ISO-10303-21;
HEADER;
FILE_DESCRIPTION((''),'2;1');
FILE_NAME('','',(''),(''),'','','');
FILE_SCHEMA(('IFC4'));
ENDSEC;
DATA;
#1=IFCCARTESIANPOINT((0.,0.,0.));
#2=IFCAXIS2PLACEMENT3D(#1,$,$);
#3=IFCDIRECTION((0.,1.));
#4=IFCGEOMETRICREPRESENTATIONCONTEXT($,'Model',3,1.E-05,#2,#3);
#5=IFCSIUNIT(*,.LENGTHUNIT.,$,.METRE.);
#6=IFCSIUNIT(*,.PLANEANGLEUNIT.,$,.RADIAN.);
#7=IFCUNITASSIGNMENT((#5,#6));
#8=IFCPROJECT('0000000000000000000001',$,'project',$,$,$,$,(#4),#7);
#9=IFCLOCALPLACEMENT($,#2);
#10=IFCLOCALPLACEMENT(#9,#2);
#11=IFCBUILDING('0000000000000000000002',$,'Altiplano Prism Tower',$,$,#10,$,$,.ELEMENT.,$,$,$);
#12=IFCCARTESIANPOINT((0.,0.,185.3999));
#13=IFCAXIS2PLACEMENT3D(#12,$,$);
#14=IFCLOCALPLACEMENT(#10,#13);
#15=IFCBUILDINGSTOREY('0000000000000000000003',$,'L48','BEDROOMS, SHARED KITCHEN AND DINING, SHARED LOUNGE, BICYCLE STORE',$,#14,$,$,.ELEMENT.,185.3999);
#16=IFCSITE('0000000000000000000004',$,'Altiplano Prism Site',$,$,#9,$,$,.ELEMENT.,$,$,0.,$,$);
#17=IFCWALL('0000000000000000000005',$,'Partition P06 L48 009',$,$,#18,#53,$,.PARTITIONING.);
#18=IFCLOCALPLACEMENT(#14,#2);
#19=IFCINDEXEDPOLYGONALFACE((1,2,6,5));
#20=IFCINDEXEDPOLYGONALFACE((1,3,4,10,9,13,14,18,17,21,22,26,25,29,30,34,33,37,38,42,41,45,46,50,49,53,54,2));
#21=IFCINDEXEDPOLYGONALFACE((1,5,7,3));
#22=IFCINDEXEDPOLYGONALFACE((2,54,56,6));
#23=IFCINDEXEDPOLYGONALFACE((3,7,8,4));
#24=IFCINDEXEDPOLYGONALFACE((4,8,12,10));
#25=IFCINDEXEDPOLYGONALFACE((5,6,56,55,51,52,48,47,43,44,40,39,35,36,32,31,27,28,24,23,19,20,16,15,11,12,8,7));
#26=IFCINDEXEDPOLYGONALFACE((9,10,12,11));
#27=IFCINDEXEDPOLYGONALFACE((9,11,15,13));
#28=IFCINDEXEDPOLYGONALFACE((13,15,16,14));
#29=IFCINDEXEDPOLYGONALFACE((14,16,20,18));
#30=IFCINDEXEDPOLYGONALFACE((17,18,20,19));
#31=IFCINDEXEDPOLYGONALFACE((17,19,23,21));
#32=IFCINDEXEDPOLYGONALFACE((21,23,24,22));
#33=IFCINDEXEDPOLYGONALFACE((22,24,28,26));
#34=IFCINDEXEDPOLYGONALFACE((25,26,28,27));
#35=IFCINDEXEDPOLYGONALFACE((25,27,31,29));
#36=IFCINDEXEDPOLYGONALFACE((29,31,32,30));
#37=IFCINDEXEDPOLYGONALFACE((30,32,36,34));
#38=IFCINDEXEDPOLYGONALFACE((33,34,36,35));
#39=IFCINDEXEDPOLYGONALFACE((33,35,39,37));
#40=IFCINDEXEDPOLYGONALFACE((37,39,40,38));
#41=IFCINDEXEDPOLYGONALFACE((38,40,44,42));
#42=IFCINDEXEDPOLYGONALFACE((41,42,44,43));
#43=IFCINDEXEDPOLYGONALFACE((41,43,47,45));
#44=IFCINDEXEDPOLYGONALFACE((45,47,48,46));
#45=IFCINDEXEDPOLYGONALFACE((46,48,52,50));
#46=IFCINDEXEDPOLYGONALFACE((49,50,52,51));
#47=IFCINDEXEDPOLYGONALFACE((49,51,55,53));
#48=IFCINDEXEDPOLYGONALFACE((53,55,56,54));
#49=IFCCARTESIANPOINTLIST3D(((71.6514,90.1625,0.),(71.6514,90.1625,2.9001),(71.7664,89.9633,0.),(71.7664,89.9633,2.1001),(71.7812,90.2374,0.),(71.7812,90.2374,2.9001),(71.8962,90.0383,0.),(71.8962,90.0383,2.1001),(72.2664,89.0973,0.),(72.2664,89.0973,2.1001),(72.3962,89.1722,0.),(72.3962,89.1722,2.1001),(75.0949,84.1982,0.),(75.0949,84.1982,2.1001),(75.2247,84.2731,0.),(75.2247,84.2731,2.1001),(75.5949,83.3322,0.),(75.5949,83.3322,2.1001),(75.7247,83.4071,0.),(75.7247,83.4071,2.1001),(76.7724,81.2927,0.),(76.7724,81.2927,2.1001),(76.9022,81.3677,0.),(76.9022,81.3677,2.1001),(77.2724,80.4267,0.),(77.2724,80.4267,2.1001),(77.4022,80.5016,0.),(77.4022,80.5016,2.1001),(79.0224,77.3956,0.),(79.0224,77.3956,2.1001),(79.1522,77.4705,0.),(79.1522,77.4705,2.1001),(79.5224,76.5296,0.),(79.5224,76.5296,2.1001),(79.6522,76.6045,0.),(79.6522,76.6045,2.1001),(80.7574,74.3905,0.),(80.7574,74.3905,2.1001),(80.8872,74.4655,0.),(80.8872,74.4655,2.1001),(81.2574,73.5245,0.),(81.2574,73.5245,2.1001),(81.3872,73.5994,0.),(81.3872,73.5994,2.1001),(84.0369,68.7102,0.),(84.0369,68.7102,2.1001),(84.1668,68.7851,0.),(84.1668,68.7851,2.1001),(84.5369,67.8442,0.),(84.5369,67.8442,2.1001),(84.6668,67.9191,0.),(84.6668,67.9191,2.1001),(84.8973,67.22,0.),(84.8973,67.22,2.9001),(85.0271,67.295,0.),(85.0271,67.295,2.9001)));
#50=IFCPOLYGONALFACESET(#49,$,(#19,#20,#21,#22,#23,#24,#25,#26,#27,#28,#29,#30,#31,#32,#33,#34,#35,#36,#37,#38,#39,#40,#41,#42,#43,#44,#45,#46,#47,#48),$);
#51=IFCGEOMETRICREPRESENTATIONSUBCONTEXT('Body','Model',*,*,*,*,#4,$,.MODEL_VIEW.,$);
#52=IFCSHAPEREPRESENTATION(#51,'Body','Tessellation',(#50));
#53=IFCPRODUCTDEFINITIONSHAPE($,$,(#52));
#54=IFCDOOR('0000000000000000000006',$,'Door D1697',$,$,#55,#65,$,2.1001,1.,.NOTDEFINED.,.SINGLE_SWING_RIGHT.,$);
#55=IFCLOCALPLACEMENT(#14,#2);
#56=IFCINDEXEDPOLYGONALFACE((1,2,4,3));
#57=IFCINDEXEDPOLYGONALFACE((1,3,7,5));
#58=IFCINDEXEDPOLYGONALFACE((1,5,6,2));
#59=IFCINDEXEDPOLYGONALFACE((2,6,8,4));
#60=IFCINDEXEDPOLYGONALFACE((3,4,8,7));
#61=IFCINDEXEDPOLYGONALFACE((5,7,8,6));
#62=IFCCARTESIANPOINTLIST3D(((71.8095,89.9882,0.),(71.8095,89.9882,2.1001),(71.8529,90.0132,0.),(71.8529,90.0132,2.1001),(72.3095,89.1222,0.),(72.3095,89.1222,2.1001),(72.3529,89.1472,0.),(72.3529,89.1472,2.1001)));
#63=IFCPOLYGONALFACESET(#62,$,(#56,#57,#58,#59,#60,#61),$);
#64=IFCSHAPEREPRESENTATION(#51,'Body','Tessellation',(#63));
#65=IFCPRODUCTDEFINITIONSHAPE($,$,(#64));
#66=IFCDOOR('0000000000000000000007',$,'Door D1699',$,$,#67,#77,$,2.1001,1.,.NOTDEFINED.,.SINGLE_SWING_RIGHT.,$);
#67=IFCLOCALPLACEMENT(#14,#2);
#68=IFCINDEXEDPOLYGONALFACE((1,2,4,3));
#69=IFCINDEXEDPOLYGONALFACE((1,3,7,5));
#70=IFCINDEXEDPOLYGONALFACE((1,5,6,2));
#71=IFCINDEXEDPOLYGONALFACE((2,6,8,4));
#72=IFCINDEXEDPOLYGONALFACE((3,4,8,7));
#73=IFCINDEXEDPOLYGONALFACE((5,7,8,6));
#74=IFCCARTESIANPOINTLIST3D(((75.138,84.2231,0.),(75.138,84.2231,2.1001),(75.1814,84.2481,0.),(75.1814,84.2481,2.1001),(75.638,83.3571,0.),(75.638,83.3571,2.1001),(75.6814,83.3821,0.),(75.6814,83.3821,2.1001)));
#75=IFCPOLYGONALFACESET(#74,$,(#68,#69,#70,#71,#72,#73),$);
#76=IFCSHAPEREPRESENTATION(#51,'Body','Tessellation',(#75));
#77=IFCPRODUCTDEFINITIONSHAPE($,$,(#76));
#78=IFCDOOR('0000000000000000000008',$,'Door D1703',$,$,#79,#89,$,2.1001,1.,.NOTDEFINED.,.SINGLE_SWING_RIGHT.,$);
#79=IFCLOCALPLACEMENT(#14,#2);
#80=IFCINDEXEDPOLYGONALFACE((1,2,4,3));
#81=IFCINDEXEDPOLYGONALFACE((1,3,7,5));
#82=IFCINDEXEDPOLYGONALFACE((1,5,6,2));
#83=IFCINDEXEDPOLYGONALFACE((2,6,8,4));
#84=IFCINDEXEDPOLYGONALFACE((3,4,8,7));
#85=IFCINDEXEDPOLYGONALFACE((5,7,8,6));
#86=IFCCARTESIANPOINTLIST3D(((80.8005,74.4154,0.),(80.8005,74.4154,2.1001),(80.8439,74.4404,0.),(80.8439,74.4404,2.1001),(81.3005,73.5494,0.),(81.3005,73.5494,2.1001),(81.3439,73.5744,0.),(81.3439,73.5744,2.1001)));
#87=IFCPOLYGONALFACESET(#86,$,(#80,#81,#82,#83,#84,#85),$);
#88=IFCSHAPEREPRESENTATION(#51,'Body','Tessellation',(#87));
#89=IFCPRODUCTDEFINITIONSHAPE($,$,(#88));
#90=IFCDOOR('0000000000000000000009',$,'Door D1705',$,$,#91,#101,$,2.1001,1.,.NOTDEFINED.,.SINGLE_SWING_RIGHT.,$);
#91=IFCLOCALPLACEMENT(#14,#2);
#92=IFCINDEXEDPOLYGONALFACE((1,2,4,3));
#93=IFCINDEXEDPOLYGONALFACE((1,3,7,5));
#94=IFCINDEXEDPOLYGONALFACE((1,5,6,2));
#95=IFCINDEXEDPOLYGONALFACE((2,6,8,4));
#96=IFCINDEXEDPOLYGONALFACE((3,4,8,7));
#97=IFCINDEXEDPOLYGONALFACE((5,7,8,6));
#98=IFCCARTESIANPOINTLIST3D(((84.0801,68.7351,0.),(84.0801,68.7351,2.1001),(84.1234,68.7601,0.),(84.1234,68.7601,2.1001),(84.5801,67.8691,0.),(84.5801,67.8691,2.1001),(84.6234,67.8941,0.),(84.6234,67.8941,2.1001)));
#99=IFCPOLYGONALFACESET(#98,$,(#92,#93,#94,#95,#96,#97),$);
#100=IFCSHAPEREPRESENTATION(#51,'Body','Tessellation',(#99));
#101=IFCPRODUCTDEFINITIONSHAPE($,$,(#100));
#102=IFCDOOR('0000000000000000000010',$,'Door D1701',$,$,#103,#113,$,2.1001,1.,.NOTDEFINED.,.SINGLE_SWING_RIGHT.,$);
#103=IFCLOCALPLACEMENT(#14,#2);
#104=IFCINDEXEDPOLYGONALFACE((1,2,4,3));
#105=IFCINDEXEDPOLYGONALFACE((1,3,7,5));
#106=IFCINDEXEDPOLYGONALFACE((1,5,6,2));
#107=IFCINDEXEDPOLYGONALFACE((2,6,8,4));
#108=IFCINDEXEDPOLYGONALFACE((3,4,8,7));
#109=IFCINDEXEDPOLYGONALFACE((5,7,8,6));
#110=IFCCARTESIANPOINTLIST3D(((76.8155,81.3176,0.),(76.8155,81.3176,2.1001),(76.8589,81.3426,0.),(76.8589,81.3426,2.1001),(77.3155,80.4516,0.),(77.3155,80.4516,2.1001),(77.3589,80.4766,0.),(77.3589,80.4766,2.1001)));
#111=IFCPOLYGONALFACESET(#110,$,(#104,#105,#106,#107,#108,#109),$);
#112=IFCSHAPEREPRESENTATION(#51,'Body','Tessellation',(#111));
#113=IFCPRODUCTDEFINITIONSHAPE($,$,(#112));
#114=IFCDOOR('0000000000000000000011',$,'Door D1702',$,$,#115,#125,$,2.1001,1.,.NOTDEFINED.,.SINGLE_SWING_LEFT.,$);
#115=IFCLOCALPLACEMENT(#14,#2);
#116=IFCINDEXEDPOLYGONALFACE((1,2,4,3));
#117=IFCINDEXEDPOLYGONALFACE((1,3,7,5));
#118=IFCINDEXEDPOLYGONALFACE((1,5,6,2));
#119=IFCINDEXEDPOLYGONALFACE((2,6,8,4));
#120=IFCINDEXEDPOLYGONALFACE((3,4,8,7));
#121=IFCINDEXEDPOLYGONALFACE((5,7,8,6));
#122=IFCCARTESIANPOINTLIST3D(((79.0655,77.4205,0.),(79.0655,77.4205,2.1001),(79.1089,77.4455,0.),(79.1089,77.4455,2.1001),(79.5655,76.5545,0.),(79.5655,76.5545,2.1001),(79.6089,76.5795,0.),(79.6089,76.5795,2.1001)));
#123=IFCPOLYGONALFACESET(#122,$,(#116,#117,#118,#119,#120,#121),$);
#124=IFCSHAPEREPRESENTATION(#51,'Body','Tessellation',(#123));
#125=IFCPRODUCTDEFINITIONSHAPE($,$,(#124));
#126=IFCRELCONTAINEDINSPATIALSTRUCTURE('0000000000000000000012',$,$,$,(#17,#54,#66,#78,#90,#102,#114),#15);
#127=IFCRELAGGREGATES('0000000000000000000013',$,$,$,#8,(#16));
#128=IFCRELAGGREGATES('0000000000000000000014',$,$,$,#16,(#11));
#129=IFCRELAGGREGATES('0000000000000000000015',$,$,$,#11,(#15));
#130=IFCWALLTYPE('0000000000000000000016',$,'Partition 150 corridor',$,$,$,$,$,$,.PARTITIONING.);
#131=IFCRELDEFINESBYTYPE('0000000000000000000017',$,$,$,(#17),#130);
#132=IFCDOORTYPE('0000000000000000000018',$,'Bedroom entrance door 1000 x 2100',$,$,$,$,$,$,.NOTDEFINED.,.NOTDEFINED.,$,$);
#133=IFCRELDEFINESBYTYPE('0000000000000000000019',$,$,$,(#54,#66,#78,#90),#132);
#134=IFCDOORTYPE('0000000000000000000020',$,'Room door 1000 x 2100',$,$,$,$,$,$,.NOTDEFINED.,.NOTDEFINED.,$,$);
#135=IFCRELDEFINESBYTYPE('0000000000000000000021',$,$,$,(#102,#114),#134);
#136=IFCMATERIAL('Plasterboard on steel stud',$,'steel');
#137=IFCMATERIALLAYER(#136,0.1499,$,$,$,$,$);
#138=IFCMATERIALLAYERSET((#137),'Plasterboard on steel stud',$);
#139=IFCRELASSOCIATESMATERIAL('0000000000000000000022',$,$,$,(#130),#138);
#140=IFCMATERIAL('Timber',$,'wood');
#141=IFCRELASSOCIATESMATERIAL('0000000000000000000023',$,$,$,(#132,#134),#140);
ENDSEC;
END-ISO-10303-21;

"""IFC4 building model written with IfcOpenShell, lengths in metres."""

from ifc_helpers import new_model, si_unit, direction, frame, frame_2d, origin, place, context, subcontext, project, spatial, rectangle, extrude, material, layer, layer_set, type_object, element, fill, save


model = new_model("IFC4")

# Units and contexts
model_context = context("Model", 3, precision=1e-05, world=origin(), true_north=direction((0.0, 1.0)))
body_context = subcontext(model_context, "Body", "Model", "MODEL_VIEW")
ifc_project = project(units=[si_unit("LENGTHUNIT", "METRE"), si_unit("PLANEANGLEUNIT", "RADIAN")], contexts=[model_context])

# Site, building, storey
site_placement = place(None, origin())
site = spatial("IfcSite", under=ifc_project, at=site_placement, Name="Altiplano Prism Site", CompositionType="ELEMENT", RefElevation=0.0)
building_placement = place(site_placement, origin())
building = spatial("IfcBuilding", under=site, at=building_placement, Name="Altiplano Prism Tower", CompositionType="ELEMENT")
storey_placement = place(building_placement, frame((0.0, 0.0, 185.3999)))
storey = spatial("IfcBuildingStorey", under=building, at=storey_placement, Name="L48", Description="BEDROOMS, SHARED KITCHEN AND DINING, SHARED LOUNGE, BICYCLE STORE", CompositionType="ELEMENT", Elevation=185.3999)

# Shared definitions
ifc_material_1 = material(Name="Plasterboard on steel stud", Category="steel")

# Shared definitions
ifc_material_2 = material(Name="Timber", Category="wood")

# Shared definitions
ifc_layer_1 = layer(ifc_material_1, 0.1499)
ifc_layer_set_1 = layer_set([ifc_layer_1], Name="Plasterboard on steel stud")
wall_type_1 = type_object("IfcWallType", Name="Partition 150 corridor", PredefinedType="PARTITIONING", material=ifc_layer_set_1)

# Wall, openings, doors
wall_1_placement = place(storey_placement, frame((71.7163, 90.2, 0.0), z_axis=(0.0, 0.0, 1.0), x_axis=(0.500002, -0.866024, 0.0)))
wall_1 = element("IfcWall", 1, at=wall_1_placement, inside=storey, type_object=wall_type_1, Name="Partition P06 L48 009", PredefinedType="PARTITIONING", context=body_context, shape_type="SweptSolid", body=[
    extrude(rectangle(XDim=26.4917, YDim=0.1499, at=frame_2d((13.2458, 0.0))), origin(), (0.0, 0.0, 1.0), 2.9001),
])
opening_1_placement = place(wall_1_placement, frame((0.23, 0.0, 0.0)))
opening_1 = element("IfcOpeningElement", 2, at=opening_1_placement, cuts=wall_1, PredefinedType="OPENING", context=body_context, shape_type="SweptSolid", body=[
    extrude(rectangle(XDim=1.0, YDim=2.1001, at=frame_2d((0.5, 1.05))), frame((0.0, 0.0854, 0.0), z_axis=(0.0, -1.0, 0.0), x_axis=(1.0, 0.0, 0.0)), (0.0, 0.0, 1.0), 0.1709),
])
opening_2_placement = place(wall_1_placement, frame((6.887, 0.0, 0.0)))
opening_2 = element("IfcOpeningElement", 3, at=opening_2_placement, cuts=wall_1, PredefinedType="OPENING", context=body_context, shape_type="SweptSolid", body=[
    extrude(rectangle(XDim=1.0, YDim=2.1001, at=frame_2d((0.5, 1.05))), frame((0.0, 0.0854, 0.0), z_axis=(0.0, -1.0, 0.0), x_axis=(1.0, 0.0, 0.0)), (0.0, 0.0, 1.0), 0.1709),
])
opening_3_placement = place(wall_1_placement, frame((10.2419, 0.0, 0.0)))
opening_3 = element("IfcOpeningElement", 4, at=opening_3_placement, cuts=wall_1, PredefinedType="OPENING", context=body_context, shape_type="SweptSolid", body=[
    extrude(rectangle(XDim=1.0, YDim=2.1001, at=frame_2d((0.5, 1.05))), frame((0.0, 0.0854, 0.0), z_axis=(0.0, -1.0, 0.0), x_axis=(1.0, 0.0, 0.0)), (0.0, 0.0, 1.0), 0.1709),
])
opening_4_placement = place(wall_1_placement, frame((14.7419, 0.0, 0.0)))
opening_4 = element("IfcOpeningElement", 5, at=opening_4_placement, cuts=wall_1, PredefinedType="OPENING", context=body_context, shape_type="SweptSolid", body=[
    extrude(rectangle(XDim=1.0, YDim=2.1001, at=frame_2d((0.5, 1.05))), frame((0.0, 0.0854, 0.0), z_axis=(0.0, -1.0, 0.0), x_axis=(1.0, 0.0, 0.0)), (0.0, 0.0, 1.0), 0.1709),
])
opening_5_placement = place(wall_1_placement, frame((18.2119, 0.0, 0.0)))
opening_5 = element("IfcOpeningElement", 6, at=opening_5_placement, cuts=wall_1, PredefinedType="OPENING", context=body_context, shape_type="SweptSolid", body=[
    extrude(rectangle(XDim=1.0, YDim=2.1001, at=frame_2d((0.5, 1.05))), frame((0.0, 0.0854, 0.0), z_axis=(0.0, -1.0, 0.0), x_axis=(1.0, 0.0, 0.0)), (0.0, 0.0, 1.0), 0.1709),
])
opening_6_placement = place(wall_1_placement, frame((24.771, 0.0, 0.0)))
opening_6 = element("IfcOpeningElement", 7, at=opening_6_placement, cuts=wall_1, PredefinedType="OPENING", context=body_context, shape_type="SweptSolid", body=[
    extrude(rectangle(XDim=1.0, YDim=2.1001, at=frame_2d((0.5, 1.05))), frame((0.0, 0.0854, 0.0), z_axis=(0.0, -1.0, 0.0), x_axis=(1.0, 0.0, 0.0)), (0.0, 0.0, 1.0), 0.1709),
])
door_type_1 = type_object("IfcDoorType", Name="Bedroom entrance door 1000 x 2100", OperationType="NOTDEFINED", PredefinedType="NOTDEFINED", material=ifc_material_2)
door_1_placement = place(opening_1_placement, origin())
door_1 = element("IfcDoor", 8, at=door_1_placement, inside=storey, type_object=door_type_1, Name="Door D1697", OperationType="SINGLE_SWING_RIGHT", OverallHeight=2.1001, OverallWidth=1.0, PredefinedType="NOTDEFINED", context=body_context, shape_type="SweptSolid", body=[
    extrude(rectangle(XDim=1.0, YDim=2.1001, at=frame_2d((0.5, 1.05))), frame((0.0, 0.0249, 0.0), z_axis=(0.0, -1.0, 0.0), x_axis=(1.0, 0.0, 0.0)), (0.0, 0.0, 1.0), 0.05),
])
fill(opening_1, door_1)
door_2_placement = place(opening_2_placement, origin())
door_2 = element("IfcDoor", 9, at=door_2_placement, inside=storey, type_object=door_type_1, Name="Door D1699", OperationType="SINGLE_SWING_RIGHT", OverallHeight=2.1001, OverallWidth=1.0, PredefinedType="NOTDEFINED", context=body_context, shape_type="SweptSolid", body=[
    extrude(rectangle(XDim=1.0, YDim=2.1001, at=frame_2d((0.5, 1.05))), frame((0.0, 0.0249, 0.0), z_axis=(0.0, -1.0, 0.0), x_axis=(1.0, 0.0, 0.0)), (0.0, 0.0, 1.0), 0.05),
])
fill(opening_2, door_2)
door_3_placement = place(opening_5_placement, origin())
door_3 = element("IfcDoor", 10, at=door_3_placement, inside=storey, type_object=door_type_1, Name="Door D1703", OperationType="SINGLE_SWING_RIGHT", OverallHeight=2.1001, OverallWidth=1.0, PredefinedType="NOTDEFINED", context=body_context, shape_type="SweptSolid", body=[
    extrude(rectangle(XDim=1.0, YDim=2.1001, at=frame_2d((0.5, 1.05))), frame((0.0, 0.0249, 0.0), z_axis=(0.0, -1.0, 0.0), x_axis=(1.0, 0.0, 0.0)), (0.0, 0.0, 1.0), 0.05),
])
fill(opening_5, door_3)
door_4_placement = place(opening_6_placement, origin())
door_4 = element("IfcDoor", 11, at=door_4_placement, inside=storey, type_object=door_type_1, Name="Door D1705", OperationType="SINGLE_SWING_RIGHT", OverallHeight=2.1001, OverallWidth=1.0, PredefinedType="NOTDEFINED", context=body_context, shape_type="SweptSolid", body=[
    extrude(rectangle(XDim=1.0, YDim=2.1001, at=frame_2d((0.5, 1.05))), frame((0.0, 0.0249, 0.0), z_axis=(0.0, -1.0, 0.0), x_axis=(1.0, 0.0, 0.0)), (0.0, 0.0, 1.0), 0.05),
])
fill(opening_6, door_4)
door_type_2 = type_object("IfcDoorType", Name="Room door 1000 x 2100", OperationType="NOTDEFINED", PredefinedType="NOTDEFINED", material=ifc_material_2)
door_5_placement = place(opening_3_placement, origin())
door_5 = element("IfcDoor", 12, at=door_5_placement, inside=storey, type_object=door_type_2, Name="Door D1701", OperationType="SINGLE_SWING_RIGHT", OverallHeight=2.1001, OverallWidth=1.0, PredefinedType="NOTDEFINED", context=body_context, shape_type="SweptSolid", body=[
    extrude(rectangle(XDim=1.0, YDim=2.1001, at=frame_2d((0.5, 1.05))), frame((0.0, 0.0249, 0.0), z_axis=(0.0, -1.0, 0.0), x_axis=(1.0, 0.0, 0.0)), (0.0, 0.0, 1.0), 0.05),
])
fill(opening_3, door_5)
door_6_placement = place(opening_4_placement, origin())
door_6 = element("IfcDoor", 13, at=door_6_placement, inside=storey, type_object=door_type_2, Name="Door D1702", OperationType="SINGLE_SWING_LEFT", OverallHeight=2.1001, OverallWidth=1.0, PredefinedType="NOTDEFINED", context=body_context, shape_type="SweptSolid", body=[
    extrude(rectangle(XDim=1.0, YDim=2.1001, at=frame_2d((0.5, 1.05))), frame((0.0, 0.0249, 0.0), z_axis=(0.0, -1.0, 0.0), x_axis=(1.0, 0.0, 0.0)), (0.0, 0.0, 1.0), 0.05),
])
fill(opening_4, door_6)

save(model, "model.ifc")
